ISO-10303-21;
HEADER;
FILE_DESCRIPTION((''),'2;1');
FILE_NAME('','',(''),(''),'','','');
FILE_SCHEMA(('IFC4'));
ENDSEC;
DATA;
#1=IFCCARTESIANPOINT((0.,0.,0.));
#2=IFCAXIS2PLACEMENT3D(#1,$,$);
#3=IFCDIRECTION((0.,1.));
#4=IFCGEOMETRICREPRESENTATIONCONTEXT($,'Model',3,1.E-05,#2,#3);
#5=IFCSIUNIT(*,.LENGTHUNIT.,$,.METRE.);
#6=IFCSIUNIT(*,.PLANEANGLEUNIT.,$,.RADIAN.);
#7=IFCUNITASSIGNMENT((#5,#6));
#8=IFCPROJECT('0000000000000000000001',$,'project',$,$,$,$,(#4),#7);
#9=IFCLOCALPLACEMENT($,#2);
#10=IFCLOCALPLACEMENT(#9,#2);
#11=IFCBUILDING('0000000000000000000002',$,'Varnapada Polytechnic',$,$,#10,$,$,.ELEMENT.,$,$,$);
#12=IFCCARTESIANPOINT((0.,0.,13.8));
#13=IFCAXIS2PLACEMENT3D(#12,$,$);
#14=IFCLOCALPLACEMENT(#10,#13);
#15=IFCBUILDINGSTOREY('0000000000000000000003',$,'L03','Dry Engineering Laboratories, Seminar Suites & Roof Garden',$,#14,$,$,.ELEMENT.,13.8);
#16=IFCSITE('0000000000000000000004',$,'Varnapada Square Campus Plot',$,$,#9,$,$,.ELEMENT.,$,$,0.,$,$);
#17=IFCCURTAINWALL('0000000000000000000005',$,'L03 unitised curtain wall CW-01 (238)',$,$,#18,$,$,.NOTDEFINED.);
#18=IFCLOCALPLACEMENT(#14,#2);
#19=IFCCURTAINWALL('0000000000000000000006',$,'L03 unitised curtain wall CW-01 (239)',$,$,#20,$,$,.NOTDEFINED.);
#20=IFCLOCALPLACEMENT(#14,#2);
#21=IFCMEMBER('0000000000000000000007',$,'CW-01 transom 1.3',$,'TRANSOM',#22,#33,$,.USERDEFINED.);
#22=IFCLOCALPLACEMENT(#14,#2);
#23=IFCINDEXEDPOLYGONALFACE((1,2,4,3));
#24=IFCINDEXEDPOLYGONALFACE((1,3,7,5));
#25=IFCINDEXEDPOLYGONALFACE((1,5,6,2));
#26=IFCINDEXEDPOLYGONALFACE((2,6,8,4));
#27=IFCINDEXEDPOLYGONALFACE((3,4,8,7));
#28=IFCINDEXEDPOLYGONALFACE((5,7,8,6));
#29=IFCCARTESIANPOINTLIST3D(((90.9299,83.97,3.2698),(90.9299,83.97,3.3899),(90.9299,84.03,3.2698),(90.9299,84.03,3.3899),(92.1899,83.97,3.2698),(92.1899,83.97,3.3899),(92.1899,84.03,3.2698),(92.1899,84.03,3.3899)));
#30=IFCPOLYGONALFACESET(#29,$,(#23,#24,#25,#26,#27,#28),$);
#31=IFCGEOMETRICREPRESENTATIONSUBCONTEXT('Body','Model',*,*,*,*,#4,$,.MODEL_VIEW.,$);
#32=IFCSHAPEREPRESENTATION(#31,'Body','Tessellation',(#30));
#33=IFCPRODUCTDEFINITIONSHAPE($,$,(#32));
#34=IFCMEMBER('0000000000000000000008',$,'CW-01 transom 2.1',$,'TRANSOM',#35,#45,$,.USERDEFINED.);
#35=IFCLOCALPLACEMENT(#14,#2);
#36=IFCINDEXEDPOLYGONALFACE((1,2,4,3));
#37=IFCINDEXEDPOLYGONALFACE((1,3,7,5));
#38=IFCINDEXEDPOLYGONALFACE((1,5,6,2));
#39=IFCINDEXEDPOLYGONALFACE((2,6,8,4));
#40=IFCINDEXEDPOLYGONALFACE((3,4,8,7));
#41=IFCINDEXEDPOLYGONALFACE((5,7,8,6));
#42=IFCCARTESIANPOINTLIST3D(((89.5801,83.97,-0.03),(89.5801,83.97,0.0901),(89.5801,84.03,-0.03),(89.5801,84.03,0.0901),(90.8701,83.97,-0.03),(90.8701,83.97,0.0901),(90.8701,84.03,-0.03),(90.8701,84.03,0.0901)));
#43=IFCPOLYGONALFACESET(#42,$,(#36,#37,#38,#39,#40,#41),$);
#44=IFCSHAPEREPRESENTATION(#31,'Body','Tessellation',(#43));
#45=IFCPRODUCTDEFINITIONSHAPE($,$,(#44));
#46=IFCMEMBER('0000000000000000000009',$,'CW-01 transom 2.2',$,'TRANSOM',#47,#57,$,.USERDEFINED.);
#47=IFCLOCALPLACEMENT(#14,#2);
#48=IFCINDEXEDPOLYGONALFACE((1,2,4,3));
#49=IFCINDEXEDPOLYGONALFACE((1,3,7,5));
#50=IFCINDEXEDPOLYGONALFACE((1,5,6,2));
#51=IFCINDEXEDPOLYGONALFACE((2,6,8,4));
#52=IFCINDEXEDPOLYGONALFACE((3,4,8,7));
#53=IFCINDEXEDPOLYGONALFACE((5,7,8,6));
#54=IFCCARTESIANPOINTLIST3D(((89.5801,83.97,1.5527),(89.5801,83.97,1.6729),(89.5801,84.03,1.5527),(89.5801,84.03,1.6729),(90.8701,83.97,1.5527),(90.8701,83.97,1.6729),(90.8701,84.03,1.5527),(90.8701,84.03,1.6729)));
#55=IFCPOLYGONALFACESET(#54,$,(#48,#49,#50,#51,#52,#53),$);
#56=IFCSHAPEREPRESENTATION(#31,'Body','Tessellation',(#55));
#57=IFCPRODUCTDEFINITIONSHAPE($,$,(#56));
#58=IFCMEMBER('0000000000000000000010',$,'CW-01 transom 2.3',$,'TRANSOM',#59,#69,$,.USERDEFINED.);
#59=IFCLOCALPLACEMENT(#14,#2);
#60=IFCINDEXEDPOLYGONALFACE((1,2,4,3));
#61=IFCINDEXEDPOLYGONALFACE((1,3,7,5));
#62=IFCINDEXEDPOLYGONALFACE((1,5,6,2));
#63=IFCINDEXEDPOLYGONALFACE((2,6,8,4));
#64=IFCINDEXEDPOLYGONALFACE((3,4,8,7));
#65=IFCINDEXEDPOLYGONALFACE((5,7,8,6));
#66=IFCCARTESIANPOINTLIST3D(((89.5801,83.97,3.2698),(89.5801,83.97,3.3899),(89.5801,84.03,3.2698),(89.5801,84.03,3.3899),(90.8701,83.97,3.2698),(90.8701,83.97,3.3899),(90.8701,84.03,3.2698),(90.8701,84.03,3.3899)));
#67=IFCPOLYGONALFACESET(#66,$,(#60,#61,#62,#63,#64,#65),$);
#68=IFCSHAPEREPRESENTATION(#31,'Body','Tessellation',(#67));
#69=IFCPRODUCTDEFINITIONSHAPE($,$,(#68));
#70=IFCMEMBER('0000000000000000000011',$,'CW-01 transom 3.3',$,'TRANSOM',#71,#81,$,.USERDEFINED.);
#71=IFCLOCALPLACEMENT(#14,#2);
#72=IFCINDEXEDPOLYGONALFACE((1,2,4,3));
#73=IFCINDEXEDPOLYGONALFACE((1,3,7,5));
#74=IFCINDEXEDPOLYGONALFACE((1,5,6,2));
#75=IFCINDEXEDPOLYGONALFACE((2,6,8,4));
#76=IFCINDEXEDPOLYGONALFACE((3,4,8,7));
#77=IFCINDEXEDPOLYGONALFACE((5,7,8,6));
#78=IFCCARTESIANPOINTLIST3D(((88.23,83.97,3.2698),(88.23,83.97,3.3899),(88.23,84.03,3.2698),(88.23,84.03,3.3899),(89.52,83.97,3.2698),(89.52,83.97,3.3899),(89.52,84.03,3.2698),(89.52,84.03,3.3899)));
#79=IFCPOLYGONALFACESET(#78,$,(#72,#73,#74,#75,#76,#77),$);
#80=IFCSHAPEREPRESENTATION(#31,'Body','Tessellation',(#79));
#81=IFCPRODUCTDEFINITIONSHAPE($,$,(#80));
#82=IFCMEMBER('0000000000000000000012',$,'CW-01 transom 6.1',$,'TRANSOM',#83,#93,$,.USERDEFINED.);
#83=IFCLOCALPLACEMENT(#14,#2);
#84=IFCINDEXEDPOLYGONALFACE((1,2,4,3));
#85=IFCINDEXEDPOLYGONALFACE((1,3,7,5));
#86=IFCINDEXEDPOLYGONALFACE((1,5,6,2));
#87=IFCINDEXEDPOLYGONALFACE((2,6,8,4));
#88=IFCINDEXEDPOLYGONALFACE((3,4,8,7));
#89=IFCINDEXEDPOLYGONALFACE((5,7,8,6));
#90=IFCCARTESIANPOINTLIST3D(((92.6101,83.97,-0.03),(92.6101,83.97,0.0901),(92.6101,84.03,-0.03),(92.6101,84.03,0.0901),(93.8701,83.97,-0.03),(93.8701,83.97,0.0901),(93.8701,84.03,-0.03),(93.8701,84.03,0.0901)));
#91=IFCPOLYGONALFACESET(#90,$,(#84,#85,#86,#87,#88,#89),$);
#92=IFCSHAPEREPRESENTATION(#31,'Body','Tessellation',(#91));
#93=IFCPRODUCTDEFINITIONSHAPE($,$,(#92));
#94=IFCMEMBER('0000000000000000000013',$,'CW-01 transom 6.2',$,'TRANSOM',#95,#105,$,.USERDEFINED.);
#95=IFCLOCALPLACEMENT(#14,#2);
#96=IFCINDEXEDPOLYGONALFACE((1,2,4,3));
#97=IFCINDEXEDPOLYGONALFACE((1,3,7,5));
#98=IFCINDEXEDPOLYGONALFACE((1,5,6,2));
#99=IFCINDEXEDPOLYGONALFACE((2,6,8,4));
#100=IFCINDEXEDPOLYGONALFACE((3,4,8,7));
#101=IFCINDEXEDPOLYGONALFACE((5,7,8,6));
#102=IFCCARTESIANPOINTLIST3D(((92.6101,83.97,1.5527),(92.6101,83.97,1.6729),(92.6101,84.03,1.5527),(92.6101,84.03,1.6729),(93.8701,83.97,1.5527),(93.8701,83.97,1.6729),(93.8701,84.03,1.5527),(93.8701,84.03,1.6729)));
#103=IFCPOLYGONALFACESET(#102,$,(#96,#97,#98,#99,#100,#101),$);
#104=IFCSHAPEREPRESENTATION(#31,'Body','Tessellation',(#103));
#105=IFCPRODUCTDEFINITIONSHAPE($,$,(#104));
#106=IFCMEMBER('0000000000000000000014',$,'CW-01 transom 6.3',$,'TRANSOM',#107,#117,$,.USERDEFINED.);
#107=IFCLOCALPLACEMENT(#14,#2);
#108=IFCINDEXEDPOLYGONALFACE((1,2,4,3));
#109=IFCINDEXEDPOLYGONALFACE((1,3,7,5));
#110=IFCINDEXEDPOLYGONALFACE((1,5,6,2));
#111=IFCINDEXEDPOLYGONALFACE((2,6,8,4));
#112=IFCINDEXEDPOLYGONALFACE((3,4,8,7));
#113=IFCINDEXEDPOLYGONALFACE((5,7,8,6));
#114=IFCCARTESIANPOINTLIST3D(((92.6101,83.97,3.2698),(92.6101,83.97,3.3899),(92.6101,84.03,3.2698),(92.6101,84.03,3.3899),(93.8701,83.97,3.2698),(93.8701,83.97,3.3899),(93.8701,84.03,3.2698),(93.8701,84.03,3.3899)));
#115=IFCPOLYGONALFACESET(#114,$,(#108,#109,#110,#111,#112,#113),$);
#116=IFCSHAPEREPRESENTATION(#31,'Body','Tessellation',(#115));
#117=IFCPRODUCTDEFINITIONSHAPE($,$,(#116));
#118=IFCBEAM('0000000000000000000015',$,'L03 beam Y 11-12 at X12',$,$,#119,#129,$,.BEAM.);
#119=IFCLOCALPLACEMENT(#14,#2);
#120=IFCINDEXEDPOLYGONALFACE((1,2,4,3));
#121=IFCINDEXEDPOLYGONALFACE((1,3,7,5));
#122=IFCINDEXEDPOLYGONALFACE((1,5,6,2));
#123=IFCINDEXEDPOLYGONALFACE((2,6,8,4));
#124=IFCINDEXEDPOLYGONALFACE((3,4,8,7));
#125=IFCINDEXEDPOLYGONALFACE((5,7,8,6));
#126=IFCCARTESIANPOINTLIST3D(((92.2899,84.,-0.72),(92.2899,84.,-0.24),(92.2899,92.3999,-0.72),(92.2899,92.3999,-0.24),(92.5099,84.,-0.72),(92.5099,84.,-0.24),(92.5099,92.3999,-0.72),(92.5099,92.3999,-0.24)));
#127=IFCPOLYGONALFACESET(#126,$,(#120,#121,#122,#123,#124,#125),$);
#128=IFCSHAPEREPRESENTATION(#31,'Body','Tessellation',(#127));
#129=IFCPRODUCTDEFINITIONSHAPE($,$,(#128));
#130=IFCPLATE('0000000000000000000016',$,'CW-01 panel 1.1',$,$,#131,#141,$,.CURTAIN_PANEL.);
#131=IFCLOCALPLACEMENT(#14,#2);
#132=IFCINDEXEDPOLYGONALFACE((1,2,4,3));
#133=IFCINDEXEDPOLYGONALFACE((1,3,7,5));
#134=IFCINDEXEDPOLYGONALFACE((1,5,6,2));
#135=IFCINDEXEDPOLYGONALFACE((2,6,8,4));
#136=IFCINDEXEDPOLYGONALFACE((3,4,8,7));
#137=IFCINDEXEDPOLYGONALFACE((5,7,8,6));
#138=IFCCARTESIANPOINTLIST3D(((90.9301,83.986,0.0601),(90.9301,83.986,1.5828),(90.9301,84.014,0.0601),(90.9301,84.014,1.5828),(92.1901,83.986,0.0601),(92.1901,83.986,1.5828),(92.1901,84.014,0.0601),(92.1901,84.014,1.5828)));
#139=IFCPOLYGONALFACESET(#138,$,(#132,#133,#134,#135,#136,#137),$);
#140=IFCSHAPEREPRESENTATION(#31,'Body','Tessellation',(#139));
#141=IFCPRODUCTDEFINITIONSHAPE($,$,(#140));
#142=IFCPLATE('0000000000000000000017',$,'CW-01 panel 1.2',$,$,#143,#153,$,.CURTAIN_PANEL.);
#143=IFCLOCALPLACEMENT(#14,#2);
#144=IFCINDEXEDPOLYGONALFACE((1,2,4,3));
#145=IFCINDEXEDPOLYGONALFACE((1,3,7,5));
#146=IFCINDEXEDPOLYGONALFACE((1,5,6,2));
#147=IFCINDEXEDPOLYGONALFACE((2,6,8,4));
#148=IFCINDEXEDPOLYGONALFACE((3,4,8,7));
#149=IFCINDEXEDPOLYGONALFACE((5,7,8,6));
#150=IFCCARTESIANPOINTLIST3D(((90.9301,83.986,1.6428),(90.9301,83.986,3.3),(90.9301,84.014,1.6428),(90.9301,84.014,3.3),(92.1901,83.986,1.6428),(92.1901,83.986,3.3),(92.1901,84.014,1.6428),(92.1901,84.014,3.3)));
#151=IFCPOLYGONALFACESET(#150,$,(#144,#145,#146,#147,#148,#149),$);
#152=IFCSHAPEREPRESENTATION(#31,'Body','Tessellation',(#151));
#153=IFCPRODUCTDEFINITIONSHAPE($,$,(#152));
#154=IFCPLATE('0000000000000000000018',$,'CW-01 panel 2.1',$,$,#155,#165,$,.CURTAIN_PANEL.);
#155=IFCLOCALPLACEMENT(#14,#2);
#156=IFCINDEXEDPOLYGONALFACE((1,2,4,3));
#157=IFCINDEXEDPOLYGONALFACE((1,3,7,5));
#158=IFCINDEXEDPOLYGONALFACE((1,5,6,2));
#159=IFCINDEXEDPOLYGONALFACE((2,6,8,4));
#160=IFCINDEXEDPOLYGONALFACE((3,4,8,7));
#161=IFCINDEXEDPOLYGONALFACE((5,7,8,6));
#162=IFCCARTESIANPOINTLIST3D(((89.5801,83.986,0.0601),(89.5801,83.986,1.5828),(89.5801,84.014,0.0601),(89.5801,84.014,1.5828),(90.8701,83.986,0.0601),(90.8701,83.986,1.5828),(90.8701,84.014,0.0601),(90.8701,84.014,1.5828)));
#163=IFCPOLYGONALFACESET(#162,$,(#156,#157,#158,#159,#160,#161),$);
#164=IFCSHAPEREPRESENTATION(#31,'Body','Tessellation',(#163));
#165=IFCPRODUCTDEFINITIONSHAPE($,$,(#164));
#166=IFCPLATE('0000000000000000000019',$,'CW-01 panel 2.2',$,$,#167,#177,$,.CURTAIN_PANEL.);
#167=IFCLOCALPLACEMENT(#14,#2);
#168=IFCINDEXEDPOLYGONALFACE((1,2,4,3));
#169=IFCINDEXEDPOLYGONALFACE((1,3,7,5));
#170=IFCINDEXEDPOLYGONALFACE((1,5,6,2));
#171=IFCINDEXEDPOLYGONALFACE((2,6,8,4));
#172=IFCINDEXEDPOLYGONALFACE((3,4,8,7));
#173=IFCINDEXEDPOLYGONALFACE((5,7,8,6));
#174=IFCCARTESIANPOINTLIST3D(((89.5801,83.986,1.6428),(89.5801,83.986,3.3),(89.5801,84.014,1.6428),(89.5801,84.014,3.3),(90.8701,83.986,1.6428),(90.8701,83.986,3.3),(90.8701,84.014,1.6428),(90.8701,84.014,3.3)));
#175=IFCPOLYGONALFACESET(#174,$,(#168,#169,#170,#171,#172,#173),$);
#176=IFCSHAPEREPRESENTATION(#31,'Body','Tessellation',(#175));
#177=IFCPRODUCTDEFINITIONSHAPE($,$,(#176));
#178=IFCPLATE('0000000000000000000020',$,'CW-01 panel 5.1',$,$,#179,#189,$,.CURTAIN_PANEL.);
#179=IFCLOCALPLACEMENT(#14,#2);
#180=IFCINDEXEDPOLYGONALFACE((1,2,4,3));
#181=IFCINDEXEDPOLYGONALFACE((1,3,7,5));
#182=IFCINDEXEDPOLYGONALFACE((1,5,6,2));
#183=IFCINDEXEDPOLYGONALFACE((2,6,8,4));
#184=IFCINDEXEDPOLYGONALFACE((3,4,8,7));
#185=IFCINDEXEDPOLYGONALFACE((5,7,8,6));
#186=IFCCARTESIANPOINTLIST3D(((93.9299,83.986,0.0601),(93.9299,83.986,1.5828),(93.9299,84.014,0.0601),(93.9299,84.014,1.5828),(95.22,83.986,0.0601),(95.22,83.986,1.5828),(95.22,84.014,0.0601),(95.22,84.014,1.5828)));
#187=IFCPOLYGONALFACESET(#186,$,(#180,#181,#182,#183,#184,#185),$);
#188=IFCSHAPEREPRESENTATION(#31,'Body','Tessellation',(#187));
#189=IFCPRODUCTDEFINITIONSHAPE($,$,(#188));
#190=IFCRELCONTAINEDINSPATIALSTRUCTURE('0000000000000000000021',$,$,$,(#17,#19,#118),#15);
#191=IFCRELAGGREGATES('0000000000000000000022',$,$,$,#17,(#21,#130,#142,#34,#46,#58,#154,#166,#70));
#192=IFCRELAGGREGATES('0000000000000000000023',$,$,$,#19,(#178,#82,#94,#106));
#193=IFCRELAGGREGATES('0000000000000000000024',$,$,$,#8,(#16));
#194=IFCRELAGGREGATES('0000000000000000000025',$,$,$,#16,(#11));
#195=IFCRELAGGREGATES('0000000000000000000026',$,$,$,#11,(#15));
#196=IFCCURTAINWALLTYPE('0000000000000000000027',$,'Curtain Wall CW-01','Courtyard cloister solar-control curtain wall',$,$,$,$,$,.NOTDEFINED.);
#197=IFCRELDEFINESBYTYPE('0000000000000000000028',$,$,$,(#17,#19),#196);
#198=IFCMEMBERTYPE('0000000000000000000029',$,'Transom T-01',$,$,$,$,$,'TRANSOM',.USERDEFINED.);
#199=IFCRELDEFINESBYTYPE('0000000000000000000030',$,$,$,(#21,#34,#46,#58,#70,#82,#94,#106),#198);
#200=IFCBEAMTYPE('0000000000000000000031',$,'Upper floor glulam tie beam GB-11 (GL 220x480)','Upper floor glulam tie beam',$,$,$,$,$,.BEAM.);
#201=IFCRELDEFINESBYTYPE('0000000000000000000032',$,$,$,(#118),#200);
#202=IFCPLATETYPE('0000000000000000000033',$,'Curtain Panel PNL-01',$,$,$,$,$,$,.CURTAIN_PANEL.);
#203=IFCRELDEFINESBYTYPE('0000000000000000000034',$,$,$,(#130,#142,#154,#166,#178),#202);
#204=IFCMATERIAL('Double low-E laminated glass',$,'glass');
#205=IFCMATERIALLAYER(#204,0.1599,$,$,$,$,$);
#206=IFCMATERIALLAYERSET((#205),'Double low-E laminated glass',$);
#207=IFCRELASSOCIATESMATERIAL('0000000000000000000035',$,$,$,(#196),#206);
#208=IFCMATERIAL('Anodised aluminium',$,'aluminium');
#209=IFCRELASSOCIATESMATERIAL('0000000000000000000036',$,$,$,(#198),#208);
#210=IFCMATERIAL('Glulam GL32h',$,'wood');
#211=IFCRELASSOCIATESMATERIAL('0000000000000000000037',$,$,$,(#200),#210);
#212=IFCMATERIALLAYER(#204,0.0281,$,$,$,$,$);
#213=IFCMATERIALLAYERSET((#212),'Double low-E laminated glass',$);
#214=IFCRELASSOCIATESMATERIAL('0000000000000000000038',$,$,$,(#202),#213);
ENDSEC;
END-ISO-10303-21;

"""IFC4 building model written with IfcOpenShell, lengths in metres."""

from ifc_helpers import new_model, si_unit, direction, frame, origin, origin_2d, place, context, subcontext, project, spatial, rectangle, extrude, material, layer, layer_set, material_profile, profile_set, type_object, element, aggregate, save


model = new_model("IFC4")

# Units and contexts
model_context = context("Model", 3, precision=1e-05, world=origin(), true_north=direction((0.0, 1.0)))
body_context = subcontext(model_context, "Body", "Model", "MODEL_VIEW")
ifc_project = project(units=[si_unit("LENGTHUNIT", "METRE"), si_unit("PLANEANGLEUNIT", "RADIAN")], contexts=[model_context])

# Site, building, storey
site_placement = place(None, origin())
site = spatial("IfcSite", under=ifc_project, at=site_placement, Name="Varnapada Square Campus Plot", CompositionType="ELEMENT", RefElevation=0.0)
building_placement = place(site_placement, origin())
building = spatial("IfcBuilding", under=site, at=building_placement, Name="Varnapada Polytechnic", CompositionType="ELEMENT")
storey_placement = place(building_placement, frame((0.0, 0.0, 13.8)))
storey = spatial("IfcBuildingStorey", under=building, at=storey_placement, Name="L03", Description="Dry Engineering Laboratories, Seminar Suites & Roof Garden", CompositionType="ELEMENT", Elevation=13.8)

# Shared definitions
ifc_material_1 = material(Name="Glulam GL32h", Category="wood")

# Curtain walls
ifc_material_2 = material(Name="Double low-E laminated glass", Category="glass")
ifc_layer_1 = layer(ifc_material_2, 0.1599)
ifc_layer_set_1 = layer_set([ifc_layer_1], Name="Double low-E laminated glass")
curtain_wall_type = type_object("IfcCurtainWallType", Name="Curtain Wall CW-01", Description="Courtyard cloister solar-control curtain wall", PredefinedType="NOTDEFINED", material=ifc_layer_set_1)
curtain_wall_1_placement = place(storey_placement, origin())
curtain_wall_1 = element("IfcCurtainWall", 1, at=curtain_wall_1_placement, inside=storey, type_object=curtain_wall_type, Name="L03 unitised curtain wall CW-01 (238)", PredefinedType="NOTDEFINED")
ifc_material_3 = material(Name="Anodised aluminium", Category="aluminium")
curtain_wall_2_placement = place(storey_placement, origin())
curtain_wall_2 = element("IfcCurtainWall", 2, at=curtain_wall_2_placement, inside=storey, type_object=curtain_wall_type, Name="L03 unitised curtain wall CW-01 (239)", PredefinedType="NOTDEFINED")

# Members
ifc_material_profile_1 = material_profile(ifc_material_3, rectangle(XDim=0.0601, YDim=0.1201, at=origin_2d()), Name="ALU T60x120")
ifc_profile_set_1 = profile_set([ifc_material_profile_1], Name="Anodised aluminium")
member_type_1 = type_object("IfcMemberType", Name="Transom T-01", ElementType="TRANSOM", PredefinedType="USERDEFINED", material=ifc_profile_set_1)
member_1_placement = place(storey_placement, frame((92.1899, 84.0, 3.3298), z_axis=(-1.0, 0.0, 0.0), x_axis=(0.0, -1.0, 0.0)))
member_1 = element("IfcMember", 3, at=member_1_placement, type_object=member_type_1, Name="CW-01 transom 1.3", ObjectType="TRANSOM", PredefinedType="USERDEFINED", context=body_context, shape_type="SweptSolid", body=[
    extrude(rectangle(XDim=0.0601, YDim=0.1201, at=origin_2d()), origin(), (0.0, 0.0, 1.0), 1.26),
])
member_2_placement = place(storey_placement, frame((90.8701, 84.0, 0.03), z_axis=(-1.0, 0.0, 0.0), x_axis=(0.0, -1.0, 0.0)))
member_2 = element("IfcMember", 4, at=member_2_placement, type_object=member_type_1, Name="CW-01 transom 2.1", ObjectType="TRANSOM", PredefinedType="USERDEFINED", context=body_context, shape_type="SweptSolid", body=[
    extrude(rectangle(XDim=0.0601, YDim=0.1201, at=origin_2d()), origin(), (0.0, 0.0, 1.0), 1.29),
])
member_3_placement = place(storey_placement, frame((90.8701, 84.0, 1.6128), z_axis=(-1.0, 0.0, 0.0), x_axis=(0.0, -1.0, 0.0)))
member_3 = element("IfcMember", 5, at=member_3_placement, type_object=member_type_1, Name="CW-01 transom 2.2", ObjectType="TRANSOM", PredefinedType="USERDEFINED", context=body_context, shape_type="SweptSolid", body=[
    extrude(rectangle(XDim=0.0601, YDim=0.1201, at=origin_2d()), origin(), (0.0, 0.0, 1.0), 1.29),
])
member_4_placement = place(storey_placement, frame((90.8701, 84.0, 3.3298), z_axis=(-1.0, 0.0, 0.0), x_axis=(0.0, -1.0, 0.0)))
member_4 = element("IfcMember", 6, at=member_4_placement, type_object=member_type_1, Name="CW-01 transom 2.3", ObjectType="TRANSOM", PredefinedType="USERDEFINED", context=body_context, shape_type="SweptSolid", body=[
    extrude(rectangle(XDim=0.0601, YDim=0.1201, at=origin_2d()), origin(), (0.0, 0.0, 1.0), 1.29),
])
member_5_placement = place(storey_placement, frame((89.52, 84.0, 3.3298), z_axis=(-1.0, 0.0, 0.0), x_axis=(0.0, -1.0, 0.0)))
member_5 = element("IfcMember", 7, at=member_5_placement, type_object=member_type_1, Name="CW-01 transom 3.3", ObjectType="TRANSOM", PredefinedType="USERDEFINED", context=body_context, shape_type="SweptSolid", body=[
    extrude(rectangle(XDim=0.0601, YDim=0.1201, at=origin_2d()), origin(), (0.0, 0.0, 1.0), 1.29),
])
member_6_placement = place(storey_placement, frame((93.8701, 84.0, 0.03), z_axis=(-1.0, 0.0, 0.0), x_axis=(0.0, -1.0, 0.0)))
member_6 = element("IfcMember", 8, at=member_6_placement, type_object=member_type_1, Name="CW-01 transom 6.1", ObjectType="TRANSOM", PredefinedType="USERDEFINED", context=body_context, shape_type="SweptSolid", body=[
    extrude(rectangle(XDim=0.0601, YDim=0.1201, at=origin_2d()), origin(), (0.0, 0.0, 1.0), 1.26),
])
member_7_placement = place(storey_placement, frame((93.8701, 84.0, 1.6128), z_axis=(-1.0, 0.0, 0.0), x_axis=(0.0, -1.0, 0.0)))
member_7 = element("IfcMember", 9, at=member_7_placement, type_object=member_type_1, Name="CW-01 transom 6.2", ObjectType="TRANSOM", PredefinedType="USERDEFINED", context=body_context, shape_type="SweptSolid", body=[
    extrude(rectangle(XDim=0.0601, YDim=0.1201, at=origin_2d()), origin(), (0.0, 0.0, 1.0), 1.26),
])
member_8_placement = place(storey_placement, frame((93.8701, 84.0, 3.3298), z_axis=(-1.0, 0.0, 0.0), x_axis=(0.0, -1.0, 0.0)))
member_8 = element("IfcMember", 10, at=member_8_placement, type_object=member_type_1, Name="CW-01 transom 6.3", ObjectType="TRANSOM", PredefinedType="USERDEFINED", context=body_context, shape_type="SweptSolid", body=[
    extrude(rectangle(XDim=0.0601, YDim=0.1201, at=origin_2d()), origin(), (0.0, 0.0, 1.0), 1.26),
])

# Beam
ifc_material_profile_2 = material_profile(ifc_material_1, rectangle(XDim=0.22, YDim=0.48, at=origin_2d()), Name="GL 220x480")
ifc_profile_set_2 = profile_set([ifc_material_profile_2], Name="Glulam GL32h")
beam_type_1 = type_object("IfcBeamType", Name="Upper floor glulam tie beam GB-11 (GL 220x480)", Description="Upper floor glulam tie beam", PredefinedType="BEAM", material=ifc_profile_set_2)
beam_1_placement = place(storey_placement, frame((92.3999, 84.0, -0.48), z_axis=(0.0, 1.0, 0.0), x_axis=(-1.0, 0.0, 0.0)))
element("IfcBeam", 11, at=beam_1_placement, inside=storey, type_object=beam_type_1, Name="L03 beam Y 11-12 at X12", PredefinedType="BEAM", context=body_context, shape_type="SweptSolid", body=[
    extrude(rectangle(XDim=0.22, YDim=0.48, at=origin_2d()), origin(), (0.0, 0.0, 1.0), 8.3999),
])

# Plates
ifc_layer_2 = layer(ifc_material_2, 0.0281)
ifc_layer_set_2 = layer_set([ifc_layer_2], Name="Double low-E laminated glass")
plate_type = type_object("IfcPlateType", Name="Curtain Panel PNL-01", PredefinedType="CURTAIN_PANEL", material=ifc_layer_set_2)
plate_1_placement = place(storey_placement, frame((91.5601, 84.0, 0.0601), z_axis=(0.0, 0.0, 1.0), x_axis=(-1.0, 0.0, 0.0)))
plate_1 = element("IfcPlate", 12, at=plate_1_placement, type_object=plate_type, Name="CW-01 panel 1.1", PredefinedType="CURTAIN_PANEL", context=body_context, shape_type="SweptSolid", body=[
    extrude(rectangle(XDim=1.26, YDim=0.0281, at=origin_2d()), origin(), (0.0, 0.0, 1.0), 1.5227),
])
plate_2_placement = place(storey_placement, frame((91.5601, 84.0, 1.6428), z_axis=(0.0, 0.0, 1.0), x_axis=(-1.0, 0.0, 0.0)))
plate_2 = element("IfcPlate", 13, at=plate_2_placement, type_object=plate_type, Name="CW-01 panel 1.2", PredefinedType="CURTAIN_PANEL", context=body_context, shape_type="SweptSolid", body=[
    extrude(rectangle(XDim=1.26, YDim=0.0281, at=origin_2d()), origin(), (0.0, 0.0, 1.0), 1.6572),
])
plate_3_placement = place(storey_placement, frame((90.2251, 84.0, 0.0601), z_axis=(0.0, 0.0, 1.0), x_axis=(-1.0, 0.0, 0.0)))
plate_3 = element("IfcPlate", 14, at=plate_3_placement, type_object=plate_type, Name="CW-01 panel 2.1", PredefinedType="CURTAIN_PANEL", context=body_context, shape_type="SweptSolid", body=[
    extrude(rectangle(XDim=1.29, YDim=0.0281, at=origin_2d()), origin(), (0.0, 0.0, 1.0), 1.5227),
])
plate_4_placement = place(storey_placement, frame((90.2251, 84.0, 1.6428), z_axis=(0.0, 0.0, 1.0), x_axis=(-1.0, 0.0, 0.0)))
plate_4 = element("IfcPlate", 15, at=plate_4_placement, type_object=plate_type, Name="CW-01 panel 2.2", PredefinedType="CURTAIN_PANEL", context=body_context, shape_type="SweptSolid", body=[
    extrude(rectangle(XDim=1.29, YDim=0.0281, at=origin_2d()), origin(), (0.0, 0.0, 1.0), 1.6572),
])
aggregate(curtain_wall_1, [member_1, plate_1, plate_2, member_2, member_3, member_4, plate_3, plate_4, member_5])
plate_5_placement = place(storey_placement, frame((94.575, 84.0, 0.0601), z_axis=(0.0, 0.0, 1.0), x_axis=(-1.0, 0.0, 0.0)))
plate_5 = element("IfcPlate", 16, at=plate_5_placement, type_object=plate_type, Name="CW-01 panel 5.1", PredefinedType="CURTAIN_PANEL", context=body_context, shape_type="SweptSolid", body=[
    extrude(rectangle(XDim=1.29, YDim=0.0281, at=origin_2d()), origin(), (0.0, 0.0, 1.0), 1.5227),
])
aggregate(curtain_wall_2, [plate_5, member_6, member_7, member_8])

save(model, "model.ifc")
